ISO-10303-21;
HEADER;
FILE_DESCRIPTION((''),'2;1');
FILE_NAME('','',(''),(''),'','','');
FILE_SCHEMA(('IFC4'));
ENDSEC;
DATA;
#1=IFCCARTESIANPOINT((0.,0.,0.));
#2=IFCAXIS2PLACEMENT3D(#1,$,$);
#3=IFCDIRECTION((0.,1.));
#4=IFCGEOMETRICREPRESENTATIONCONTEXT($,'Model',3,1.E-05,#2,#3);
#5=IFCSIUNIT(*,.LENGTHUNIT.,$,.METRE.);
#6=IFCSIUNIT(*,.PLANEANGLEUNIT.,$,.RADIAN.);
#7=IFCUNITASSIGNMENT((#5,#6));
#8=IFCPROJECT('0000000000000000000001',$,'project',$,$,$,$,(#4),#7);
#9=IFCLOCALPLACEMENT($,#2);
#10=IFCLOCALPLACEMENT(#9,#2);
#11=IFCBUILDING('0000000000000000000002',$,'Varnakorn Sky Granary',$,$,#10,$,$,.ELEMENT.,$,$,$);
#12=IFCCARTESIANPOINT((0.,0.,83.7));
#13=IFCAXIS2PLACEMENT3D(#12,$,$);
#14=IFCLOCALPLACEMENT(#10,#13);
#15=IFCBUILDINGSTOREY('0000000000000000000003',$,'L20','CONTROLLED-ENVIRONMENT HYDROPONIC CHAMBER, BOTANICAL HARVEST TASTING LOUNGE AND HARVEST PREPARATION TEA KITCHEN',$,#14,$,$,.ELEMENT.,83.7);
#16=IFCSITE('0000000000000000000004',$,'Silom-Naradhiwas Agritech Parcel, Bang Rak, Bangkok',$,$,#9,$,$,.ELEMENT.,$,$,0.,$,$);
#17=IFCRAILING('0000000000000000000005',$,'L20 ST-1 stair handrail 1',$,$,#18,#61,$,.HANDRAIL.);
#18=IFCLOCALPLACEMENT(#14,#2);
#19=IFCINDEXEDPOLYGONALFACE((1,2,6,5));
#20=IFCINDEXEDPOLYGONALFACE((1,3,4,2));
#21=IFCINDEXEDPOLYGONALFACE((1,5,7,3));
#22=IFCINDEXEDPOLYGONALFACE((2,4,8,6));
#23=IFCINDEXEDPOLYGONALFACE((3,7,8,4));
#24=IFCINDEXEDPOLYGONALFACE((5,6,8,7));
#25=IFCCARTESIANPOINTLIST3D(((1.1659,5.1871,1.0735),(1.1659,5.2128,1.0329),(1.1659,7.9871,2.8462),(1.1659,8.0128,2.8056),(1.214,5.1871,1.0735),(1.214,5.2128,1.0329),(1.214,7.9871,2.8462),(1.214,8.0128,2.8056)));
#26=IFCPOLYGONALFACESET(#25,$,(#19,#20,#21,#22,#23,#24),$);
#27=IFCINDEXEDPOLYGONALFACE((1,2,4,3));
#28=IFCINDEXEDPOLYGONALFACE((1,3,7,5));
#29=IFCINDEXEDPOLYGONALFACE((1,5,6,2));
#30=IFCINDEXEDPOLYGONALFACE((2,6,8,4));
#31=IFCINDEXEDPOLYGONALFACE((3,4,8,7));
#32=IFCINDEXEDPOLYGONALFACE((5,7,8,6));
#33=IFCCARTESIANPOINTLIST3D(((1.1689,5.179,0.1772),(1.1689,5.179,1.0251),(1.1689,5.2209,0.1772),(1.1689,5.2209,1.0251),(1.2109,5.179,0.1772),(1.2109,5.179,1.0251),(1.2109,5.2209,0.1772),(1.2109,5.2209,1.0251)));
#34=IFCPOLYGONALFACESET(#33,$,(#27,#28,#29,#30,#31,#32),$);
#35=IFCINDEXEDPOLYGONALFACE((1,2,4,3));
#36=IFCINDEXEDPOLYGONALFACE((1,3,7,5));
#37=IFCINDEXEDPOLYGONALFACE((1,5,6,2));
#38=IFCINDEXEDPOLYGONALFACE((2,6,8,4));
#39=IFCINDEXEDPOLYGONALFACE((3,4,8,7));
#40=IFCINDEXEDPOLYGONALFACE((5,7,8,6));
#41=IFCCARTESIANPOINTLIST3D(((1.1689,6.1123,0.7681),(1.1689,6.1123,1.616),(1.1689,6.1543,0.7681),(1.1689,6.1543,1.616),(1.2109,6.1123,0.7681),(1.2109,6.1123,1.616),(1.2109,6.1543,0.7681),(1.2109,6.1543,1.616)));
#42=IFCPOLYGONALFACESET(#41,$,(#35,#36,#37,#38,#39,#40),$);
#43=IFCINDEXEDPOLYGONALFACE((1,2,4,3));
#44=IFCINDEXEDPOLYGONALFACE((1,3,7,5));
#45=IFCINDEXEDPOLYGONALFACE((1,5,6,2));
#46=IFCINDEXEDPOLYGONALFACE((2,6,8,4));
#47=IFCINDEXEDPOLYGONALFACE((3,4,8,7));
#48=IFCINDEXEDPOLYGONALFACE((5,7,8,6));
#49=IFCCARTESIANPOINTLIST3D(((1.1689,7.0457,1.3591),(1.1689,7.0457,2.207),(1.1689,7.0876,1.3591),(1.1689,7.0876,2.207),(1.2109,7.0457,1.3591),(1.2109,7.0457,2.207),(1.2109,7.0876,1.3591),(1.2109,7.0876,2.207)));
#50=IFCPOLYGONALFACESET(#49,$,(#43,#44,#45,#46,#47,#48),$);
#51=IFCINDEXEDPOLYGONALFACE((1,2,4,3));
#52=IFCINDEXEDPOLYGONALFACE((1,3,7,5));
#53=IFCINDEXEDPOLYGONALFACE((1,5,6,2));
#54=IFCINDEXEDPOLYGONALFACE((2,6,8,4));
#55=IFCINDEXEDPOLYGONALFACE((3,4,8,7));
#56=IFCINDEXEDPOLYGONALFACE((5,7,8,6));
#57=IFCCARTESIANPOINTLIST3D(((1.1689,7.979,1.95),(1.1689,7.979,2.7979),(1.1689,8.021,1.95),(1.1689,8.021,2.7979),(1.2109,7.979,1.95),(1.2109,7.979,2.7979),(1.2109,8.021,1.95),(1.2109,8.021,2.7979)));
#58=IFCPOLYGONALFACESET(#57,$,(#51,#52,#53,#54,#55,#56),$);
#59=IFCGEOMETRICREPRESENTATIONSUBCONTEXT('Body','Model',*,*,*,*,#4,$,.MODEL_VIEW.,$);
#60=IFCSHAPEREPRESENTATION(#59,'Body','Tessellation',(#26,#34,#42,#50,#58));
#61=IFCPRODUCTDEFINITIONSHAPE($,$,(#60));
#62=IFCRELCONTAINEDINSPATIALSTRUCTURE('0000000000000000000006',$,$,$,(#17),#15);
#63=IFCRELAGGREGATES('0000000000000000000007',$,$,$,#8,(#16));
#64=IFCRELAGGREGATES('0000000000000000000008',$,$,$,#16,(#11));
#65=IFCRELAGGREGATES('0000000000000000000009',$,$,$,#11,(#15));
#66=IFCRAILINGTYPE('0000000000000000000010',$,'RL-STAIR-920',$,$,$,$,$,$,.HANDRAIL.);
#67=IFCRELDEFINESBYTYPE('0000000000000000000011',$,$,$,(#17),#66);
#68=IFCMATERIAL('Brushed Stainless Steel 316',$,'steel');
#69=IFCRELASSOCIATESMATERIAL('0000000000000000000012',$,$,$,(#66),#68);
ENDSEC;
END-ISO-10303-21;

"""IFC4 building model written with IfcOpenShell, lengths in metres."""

from ifc_helpers import new_model, si_unit, direction, frame, origin, origin_2d, place, context, subcontext, project, spatial, rectangle, extrude, material, type_object, element, save


model = new_model("IFC4")

# Units and contexts
model_context = context("Model", 3, precision=1e-05, world=origin(), true_north=direction((0.0, 1.0)))
body_context = subcontext(model_context, "Body", "Model", "MODEL_VIEW")
ifc_project = project(units=[si_unit("LENGTHUNIT", "METRE"), si_unit("PLANEANGLEUNIT", "RADIAN")], contexts=[model_context])

# Site, building, storey
site_placement = place(None, origin())
site = spatial("IfcSite", under=ifc_project, at=site_placement, Name="Silom-Naradhiwas Agritech Parcel, Bang Rak, Bangkok", CompositionType="ELEMENT", RefElevation=0.0)
building_placement = place(site_placement, origin())
building = spatial("IfcBuilding", under=site, at=building_placement, Name="Varnakorn Sky Granary", CompositionType="ELEMENT")
storey_placement = place(building_placement, frame((0.0, 0.0, 83.7)))
storey = spatial("IfcBuildingStorey", under=building, at=storey_placement, Name="L20", Description="CONTROLLED-ENVIRONMENT HYDROPONIC CHAMBER, BOTANICAL HARVEST TASTING LOUNGE AND HARVEST PREPARATION TEA KITCHEN", CompositionType="ELEMENT", Elevation=83.7)

# Railing
ifc_material_1 = material(Name="Brushed Stainless Steel 316", Category="steel")
railing_type_1 = type_object("IfcRailingType", Name="RL-STAIR-920", PredefinedType="HANDRAIL", material=ifc_material_1)
railing_1_placement = place(storey_placement, frame((1.1899, 5.2, 0.1772)))
element("IfcRailing", 1, at=railing_1_placement, inside=storey, type_object=railing_type_1, Name="L20 ST-1 stair handrail 1", PredefinedType="HANDRAIL", context=body_context, shape_type="SweptSolid", body=[
    extrude(rectangle(XDim=0.0481, YDim=0.0481, at=origin_2d()), frame((0.0, 0.0, 0.876), z_axis=(0.0, 0.844909, 0.53491), x_axis=(-1.0, 0.0, 0.0)), (0.0, 0.0, 1.0), 3.314),
    extrude(rectangle(XDim=0.042, YDim=0.042, at=origin_2d()), origin(), (0.0, 0.0, 1.0), 0.8479),
    extrude(rectangle(XDim=0.042, YDim=0.042, at=origin_2d()), frame((0.0, 0.9333, 0.5908)), (0.0, 0.0, 1.0), 0.8479),
    extrude(rectangle(XDim=0.042, YDim=0.042, at=origin_2d()), frame((0.0, 1.8667, 1.1819)), (0.0, 0.0, 1.0), 0.8479),
    extrude(rectangle(XDim=0.042, YDim=0.042, at=origin_2d()), frame((0.0, 2.8, 1.7727)), (0.0, 0.0, 1.0), 0.8479),
])

save(model, "model.ifc")
